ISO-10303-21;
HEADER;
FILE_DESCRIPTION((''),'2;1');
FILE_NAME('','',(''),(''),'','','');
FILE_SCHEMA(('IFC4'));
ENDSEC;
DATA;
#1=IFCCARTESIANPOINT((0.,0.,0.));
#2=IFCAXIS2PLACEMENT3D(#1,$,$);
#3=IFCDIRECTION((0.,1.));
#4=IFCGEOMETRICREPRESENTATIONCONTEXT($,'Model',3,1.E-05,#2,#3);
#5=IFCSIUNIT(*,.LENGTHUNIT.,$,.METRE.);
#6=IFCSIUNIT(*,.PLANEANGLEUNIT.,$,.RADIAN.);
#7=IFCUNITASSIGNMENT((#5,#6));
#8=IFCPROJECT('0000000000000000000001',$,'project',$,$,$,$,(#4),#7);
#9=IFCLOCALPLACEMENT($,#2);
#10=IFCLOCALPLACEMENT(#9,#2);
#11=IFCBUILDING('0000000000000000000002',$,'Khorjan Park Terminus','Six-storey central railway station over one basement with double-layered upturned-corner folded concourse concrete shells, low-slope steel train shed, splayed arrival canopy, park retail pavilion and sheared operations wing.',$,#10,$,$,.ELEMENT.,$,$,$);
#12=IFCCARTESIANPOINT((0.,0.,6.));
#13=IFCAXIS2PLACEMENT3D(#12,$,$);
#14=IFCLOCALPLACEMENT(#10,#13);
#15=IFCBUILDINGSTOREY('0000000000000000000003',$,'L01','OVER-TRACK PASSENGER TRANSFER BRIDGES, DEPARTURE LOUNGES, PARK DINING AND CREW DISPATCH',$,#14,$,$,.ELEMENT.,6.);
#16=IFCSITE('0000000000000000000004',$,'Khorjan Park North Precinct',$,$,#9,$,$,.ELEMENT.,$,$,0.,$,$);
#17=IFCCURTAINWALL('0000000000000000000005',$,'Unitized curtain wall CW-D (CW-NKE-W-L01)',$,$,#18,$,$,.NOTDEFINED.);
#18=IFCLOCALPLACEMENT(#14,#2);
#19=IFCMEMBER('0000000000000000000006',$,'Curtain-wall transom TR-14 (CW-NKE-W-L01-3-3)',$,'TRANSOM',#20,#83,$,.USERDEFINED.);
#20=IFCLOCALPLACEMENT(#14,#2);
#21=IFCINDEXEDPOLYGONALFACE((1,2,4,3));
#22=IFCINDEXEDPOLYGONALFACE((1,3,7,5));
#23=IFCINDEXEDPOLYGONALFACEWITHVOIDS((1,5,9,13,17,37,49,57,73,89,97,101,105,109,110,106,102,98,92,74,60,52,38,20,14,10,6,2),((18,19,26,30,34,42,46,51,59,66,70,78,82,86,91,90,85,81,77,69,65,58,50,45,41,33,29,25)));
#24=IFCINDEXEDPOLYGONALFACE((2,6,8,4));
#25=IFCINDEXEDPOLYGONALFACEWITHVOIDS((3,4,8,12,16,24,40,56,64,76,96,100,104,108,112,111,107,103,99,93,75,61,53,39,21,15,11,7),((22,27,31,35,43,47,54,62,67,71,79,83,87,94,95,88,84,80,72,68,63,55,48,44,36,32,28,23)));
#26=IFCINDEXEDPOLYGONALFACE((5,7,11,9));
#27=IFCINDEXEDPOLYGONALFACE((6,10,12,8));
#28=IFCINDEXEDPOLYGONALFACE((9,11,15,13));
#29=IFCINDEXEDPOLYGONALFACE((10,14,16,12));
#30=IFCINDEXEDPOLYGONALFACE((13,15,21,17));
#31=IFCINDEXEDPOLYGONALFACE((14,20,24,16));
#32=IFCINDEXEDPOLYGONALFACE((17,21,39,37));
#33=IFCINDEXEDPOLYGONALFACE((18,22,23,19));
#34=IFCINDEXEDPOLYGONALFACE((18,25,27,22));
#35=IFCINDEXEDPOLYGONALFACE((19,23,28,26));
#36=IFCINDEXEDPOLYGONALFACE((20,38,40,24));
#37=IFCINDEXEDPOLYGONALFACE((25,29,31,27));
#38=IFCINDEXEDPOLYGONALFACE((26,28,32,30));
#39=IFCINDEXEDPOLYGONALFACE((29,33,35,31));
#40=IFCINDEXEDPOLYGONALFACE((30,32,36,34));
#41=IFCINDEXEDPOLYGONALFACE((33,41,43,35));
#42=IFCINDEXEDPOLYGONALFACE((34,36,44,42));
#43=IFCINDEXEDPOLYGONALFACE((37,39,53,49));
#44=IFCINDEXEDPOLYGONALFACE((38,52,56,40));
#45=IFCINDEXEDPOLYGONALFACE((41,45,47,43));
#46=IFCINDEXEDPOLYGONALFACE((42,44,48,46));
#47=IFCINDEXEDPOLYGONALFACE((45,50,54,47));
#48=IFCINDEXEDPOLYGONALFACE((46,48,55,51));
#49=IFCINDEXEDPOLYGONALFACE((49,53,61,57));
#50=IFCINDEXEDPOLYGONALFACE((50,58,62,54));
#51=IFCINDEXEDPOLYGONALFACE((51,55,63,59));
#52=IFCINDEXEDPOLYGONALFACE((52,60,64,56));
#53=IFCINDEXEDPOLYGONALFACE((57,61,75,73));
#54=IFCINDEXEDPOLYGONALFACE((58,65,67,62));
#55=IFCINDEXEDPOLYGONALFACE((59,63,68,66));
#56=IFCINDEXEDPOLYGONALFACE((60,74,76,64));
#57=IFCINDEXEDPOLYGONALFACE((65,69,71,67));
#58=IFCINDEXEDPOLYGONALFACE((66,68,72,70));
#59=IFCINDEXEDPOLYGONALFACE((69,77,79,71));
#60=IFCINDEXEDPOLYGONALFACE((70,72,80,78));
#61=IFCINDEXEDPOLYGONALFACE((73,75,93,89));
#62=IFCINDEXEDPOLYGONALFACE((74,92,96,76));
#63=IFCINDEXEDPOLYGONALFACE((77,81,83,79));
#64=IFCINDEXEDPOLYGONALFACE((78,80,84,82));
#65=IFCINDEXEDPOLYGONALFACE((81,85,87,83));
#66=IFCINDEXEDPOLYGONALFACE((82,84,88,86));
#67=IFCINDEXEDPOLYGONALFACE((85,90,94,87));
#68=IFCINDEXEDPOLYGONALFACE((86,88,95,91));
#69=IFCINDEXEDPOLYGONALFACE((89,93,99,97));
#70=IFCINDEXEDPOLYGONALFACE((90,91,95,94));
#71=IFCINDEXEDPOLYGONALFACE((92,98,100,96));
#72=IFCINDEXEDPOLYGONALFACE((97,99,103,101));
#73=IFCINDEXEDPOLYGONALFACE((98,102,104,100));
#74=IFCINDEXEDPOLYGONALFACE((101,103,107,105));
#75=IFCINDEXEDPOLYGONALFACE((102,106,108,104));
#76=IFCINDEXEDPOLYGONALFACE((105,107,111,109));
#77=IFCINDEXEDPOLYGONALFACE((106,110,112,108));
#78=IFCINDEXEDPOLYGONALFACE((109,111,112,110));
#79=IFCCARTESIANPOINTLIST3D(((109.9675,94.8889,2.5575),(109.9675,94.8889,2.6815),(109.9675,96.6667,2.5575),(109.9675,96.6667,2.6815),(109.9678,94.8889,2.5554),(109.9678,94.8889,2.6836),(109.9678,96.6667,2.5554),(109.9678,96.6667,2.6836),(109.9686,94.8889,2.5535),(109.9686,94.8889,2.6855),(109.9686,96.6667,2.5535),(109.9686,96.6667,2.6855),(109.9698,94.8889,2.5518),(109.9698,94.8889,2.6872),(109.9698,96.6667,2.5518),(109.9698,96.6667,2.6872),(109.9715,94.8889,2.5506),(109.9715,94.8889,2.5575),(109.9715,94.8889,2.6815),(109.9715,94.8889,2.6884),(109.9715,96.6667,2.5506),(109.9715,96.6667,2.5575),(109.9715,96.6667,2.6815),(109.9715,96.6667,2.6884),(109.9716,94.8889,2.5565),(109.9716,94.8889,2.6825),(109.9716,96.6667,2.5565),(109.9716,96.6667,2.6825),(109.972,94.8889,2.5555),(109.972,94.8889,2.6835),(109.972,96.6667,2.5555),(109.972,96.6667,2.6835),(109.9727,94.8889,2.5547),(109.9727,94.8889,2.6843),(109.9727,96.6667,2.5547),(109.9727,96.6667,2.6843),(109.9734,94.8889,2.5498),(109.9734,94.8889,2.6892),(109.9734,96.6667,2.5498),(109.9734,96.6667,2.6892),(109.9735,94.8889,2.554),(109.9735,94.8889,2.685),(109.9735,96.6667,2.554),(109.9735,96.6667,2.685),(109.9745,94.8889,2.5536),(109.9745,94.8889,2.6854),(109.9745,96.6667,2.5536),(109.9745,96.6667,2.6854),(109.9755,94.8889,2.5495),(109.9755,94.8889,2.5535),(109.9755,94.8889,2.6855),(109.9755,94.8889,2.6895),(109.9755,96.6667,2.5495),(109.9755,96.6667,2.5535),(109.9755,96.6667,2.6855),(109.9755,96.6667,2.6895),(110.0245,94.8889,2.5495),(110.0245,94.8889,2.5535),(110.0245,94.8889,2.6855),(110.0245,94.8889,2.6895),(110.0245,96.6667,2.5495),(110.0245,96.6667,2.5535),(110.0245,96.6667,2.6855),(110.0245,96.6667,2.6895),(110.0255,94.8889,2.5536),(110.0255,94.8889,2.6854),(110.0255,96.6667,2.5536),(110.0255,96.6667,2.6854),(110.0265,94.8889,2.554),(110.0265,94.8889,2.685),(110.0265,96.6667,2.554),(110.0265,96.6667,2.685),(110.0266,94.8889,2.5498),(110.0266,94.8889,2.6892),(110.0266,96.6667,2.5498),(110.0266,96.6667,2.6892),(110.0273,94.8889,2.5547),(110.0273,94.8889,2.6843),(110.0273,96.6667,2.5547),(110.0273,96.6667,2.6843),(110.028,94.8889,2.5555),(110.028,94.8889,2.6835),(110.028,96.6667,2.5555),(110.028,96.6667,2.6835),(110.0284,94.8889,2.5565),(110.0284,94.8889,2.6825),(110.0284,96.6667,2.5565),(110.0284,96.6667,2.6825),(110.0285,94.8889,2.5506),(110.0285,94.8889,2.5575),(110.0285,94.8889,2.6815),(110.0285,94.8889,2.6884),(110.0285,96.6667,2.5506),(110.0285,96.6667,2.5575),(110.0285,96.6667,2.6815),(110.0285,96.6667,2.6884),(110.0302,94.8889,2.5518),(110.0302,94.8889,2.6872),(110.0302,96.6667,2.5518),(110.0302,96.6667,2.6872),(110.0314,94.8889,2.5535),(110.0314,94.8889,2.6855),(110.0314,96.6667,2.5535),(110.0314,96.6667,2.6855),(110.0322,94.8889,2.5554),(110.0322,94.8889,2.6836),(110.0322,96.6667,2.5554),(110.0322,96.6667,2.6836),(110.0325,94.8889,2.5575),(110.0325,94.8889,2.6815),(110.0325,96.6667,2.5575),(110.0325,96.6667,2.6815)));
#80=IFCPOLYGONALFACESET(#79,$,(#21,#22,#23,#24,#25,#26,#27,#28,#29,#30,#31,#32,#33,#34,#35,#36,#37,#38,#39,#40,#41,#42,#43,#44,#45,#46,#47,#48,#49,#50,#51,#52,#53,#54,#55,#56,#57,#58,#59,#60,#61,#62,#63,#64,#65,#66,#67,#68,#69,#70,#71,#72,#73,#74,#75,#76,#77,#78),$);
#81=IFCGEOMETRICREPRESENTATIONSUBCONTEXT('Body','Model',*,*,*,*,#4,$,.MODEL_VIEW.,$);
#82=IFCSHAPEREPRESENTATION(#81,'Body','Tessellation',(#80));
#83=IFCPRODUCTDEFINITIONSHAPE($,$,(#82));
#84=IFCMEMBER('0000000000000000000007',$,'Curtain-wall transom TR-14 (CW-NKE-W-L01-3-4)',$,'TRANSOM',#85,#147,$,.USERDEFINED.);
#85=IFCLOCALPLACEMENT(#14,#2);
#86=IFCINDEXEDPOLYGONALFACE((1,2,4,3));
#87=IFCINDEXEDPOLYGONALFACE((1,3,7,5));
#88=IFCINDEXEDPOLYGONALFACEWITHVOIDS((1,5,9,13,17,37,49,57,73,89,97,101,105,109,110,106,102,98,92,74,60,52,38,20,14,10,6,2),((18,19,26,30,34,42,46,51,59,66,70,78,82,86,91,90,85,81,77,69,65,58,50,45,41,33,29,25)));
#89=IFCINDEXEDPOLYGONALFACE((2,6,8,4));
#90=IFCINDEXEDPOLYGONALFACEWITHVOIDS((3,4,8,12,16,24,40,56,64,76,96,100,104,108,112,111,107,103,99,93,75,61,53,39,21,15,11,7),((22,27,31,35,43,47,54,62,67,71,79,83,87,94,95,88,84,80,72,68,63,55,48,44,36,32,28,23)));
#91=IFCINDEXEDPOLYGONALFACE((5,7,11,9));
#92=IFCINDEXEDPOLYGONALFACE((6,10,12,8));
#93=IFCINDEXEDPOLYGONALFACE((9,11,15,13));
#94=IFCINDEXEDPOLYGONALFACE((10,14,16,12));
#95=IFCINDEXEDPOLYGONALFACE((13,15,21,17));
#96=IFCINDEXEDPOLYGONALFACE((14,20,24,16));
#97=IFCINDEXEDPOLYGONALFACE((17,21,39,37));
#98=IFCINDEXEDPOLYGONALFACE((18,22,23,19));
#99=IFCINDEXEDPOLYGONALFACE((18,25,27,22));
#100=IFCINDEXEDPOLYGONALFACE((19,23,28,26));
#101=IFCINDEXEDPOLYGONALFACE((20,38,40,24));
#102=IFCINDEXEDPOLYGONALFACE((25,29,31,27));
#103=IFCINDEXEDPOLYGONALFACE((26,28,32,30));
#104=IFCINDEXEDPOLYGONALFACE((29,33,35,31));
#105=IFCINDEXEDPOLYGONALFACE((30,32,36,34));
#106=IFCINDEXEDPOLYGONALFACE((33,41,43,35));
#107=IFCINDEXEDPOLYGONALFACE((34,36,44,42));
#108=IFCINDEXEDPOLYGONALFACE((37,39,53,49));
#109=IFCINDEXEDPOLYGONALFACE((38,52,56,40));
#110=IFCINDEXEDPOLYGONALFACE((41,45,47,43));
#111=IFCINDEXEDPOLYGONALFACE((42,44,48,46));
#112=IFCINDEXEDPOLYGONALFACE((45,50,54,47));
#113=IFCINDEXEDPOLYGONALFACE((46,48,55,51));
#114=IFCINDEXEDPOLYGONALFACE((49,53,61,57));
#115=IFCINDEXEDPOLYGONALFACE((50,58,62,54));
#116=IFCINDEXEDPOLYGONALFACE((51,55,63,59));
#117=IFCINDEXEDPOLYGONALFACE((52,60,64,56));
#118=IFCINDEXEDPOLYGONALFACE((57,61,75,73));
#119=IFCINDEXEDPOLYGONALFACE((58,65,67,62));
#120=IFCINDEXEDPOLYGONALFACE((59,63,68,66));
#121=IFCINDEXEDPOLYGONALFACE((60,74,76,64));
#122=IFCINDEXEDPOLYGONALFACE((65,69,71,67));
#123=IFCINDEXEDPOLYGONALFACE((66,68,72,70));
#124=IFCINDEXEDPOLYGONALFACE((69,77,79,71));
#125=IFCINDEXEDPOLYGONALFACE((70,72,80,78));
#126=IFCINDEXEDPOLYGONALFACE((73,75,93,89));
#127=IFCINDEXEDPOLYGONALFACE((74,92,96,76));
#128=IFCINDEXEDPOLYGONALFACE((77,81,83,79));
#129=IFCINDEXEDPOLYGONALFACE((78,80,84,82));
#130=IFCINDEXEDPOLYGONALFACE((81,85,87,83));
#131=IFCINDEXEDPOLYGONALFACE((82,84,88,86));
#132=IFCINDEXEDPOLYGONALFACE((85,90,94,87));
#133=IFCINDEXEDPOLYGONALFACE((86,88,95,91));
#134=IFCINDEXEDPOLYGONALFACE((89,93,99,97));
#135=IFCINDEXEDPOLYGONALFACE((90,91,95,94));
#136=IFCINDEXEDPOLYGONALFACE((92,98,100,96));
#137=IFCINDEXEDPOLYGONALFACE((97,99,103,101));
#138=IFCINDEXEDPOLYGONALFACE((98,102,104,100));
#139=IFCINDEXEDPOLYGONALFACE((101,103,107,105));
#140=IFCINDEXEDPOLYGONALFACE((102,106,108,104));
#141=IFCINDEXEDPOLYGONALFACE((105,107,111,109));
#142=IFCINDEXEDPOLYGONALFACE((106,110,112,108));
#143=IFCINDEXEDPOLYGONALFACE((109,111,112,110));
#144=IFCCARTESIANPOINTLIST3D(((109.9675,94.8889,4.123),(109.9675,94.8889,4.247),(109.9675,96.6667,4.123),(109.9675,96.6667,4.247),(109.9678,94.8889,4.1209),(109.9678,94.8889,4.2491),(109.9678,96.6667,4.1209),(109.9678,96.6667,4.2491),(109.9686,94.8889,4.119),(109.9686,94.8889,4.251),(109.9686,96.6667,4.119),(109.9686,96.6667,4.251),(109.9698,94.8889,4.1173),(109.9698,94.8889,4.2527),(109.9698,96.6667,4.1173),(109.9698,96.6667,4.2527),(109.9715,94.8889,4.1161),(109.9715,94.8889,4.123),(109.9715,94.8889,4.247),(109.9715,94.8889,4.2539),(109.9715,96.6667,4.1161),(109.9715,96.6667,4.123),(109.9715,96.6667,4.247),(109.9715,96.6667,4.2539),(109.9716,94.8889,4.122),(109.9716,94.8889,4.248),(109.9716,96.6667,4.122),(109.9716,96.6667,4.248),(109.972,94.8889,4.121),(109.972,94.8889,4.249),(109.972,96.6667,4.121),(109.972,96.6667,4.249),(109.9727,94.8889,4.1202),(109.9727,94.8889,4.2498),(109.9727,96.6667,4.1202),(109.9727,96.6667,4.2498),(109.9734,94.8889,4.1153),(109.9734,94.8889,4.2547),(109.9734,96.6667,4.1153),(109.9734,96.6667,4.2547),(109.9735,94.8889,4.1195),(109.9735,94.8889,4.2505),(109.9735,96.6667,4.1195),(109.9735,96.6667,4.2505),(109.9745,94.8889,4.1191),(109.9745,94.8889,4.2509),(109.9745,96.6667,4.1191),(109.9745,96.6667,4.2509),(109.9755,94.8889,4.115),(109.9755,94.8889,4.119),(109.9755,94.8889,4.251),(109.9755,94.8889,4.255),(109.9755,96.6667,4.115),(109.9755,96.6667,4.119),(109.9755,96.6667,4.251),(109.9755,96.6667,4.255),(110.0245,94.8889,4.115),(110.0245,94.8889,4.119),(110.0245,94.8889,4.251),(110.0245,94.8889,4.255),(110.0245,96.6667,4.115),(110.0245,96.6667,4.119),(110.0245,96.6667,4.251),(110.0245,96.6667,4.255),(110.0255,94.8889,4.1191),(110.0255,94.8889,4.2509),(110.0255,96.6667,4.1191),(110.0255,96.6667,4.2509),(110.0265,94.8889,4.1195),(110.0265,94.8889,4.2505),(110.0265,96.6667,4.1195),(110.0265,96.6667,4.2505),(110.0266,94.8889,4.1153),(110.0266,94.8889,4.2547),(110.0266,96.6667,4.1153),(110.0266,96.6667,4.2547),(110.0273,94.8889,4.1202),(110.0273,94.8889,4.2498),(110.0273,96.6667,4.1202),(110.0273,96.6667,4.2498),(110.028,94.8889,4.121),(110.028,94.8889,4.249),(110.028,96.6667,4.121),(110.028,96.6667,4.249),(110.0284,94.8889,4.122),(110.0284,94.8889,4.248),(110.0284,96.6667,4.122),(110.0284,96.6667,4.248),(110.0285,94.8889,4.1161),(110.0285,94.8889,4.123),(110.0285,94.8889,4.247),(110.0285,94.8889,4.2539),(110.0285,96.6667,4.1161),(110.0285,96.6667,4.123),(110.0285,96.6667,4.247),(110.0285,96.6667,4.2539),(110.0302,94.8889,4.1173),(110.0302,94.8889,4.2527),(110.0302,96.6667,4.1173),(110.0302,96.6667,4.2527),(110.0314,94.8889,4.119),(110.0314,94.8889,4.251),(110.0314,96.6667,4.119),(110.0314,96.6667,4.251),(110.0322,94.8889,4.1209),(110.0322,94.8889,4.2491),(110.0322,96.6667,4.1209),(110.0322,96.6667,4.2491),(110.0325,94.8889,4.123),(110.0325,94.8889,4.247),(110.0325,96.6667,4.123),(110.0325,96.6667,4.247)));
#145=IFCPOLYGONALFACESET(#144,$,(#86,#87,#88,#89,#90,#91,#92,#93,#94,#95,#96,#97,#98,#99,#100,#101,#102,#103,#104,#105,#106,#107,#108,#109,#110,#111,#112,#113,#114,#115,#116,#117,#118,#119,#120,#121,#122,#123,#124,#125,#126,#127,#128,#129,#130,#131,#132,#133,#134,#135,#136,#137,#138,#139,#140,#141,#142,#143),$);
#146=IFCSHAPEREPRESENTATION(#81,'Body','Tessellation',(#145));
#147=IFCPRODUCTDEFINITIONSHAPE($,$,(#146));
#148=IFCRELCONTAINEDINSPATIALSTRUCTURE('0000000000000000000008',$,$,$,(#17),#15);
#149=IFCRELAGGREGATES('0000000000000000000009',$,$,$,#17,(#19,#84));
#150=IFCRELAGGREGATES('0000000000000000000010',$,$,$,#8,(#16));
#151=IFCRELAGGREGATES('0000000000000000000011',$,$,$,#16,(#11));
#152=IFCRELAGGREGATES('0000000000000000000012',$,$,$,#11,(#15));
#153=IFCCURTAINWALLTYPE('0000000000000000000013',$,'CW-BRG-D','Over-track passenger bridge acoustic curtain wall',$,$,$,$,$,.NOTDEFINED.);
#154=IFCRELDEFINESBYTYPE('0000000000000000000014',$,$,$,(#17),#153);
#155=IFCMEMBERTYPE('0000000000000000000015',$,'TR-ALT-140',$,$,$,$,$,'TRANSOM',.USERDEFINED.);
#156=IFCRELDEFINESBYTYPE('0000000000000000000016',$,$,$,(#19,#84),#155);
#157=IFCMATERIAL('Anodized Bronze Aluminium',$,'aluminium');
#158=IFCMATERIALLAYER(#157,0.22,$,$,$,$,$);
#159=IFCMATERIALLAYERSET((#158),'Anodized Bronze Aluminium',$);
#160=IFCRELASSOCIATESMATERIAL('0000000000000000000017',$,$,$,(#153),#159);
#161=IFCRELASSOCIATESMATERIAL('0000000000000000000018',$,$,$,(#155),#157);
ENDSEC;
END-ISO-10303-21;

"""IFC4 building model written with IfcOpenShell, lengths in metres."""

from ifc_helpers import new_model, si_unit, direction, frame, origin, origin_2d, place, context, subcontext, project, spatial, hollow_rectangle, extrude, material, layer, layer_set, material_profile, profile_set, type_object, element, aggregate, save


model = new_model("IFC4")

# Units and contexts
model_context = context("Model", 3, precision=1e-05, world=origin(), true_north=direction((0.0, 1.0)))
body_context = subcontext(model_context, "Body", "Model", "MODEL_VIEW")
ifc_project = project(units=[si_unit("LENGTHUNIT", "METRE"), si_unit("PLANEANGLEUNIT", "RADIAN")], contexts=[model_context])

# Site, building, storey
site_placement = place(None, origin())
site = spatial("IfcSite", under=ifc_project, at=site_placement, Name="Khorjan Park North Precinct", CompositionType="ELEMENT", RefElevation=0.0)
building_placement = place(site_placement, origin())
building = spatial("IfcBuilding", under=site, at=building_placement, Name="Khorjan Park Terminus", Description="Six-storey central railway station over one basement with double-layered upturned-corner folded concourse concrete shells, low-slope steel train shed, splayed arrival canopy, park retail pavilion and sheared operations wing.", CompositionType="ELEMENT")
storey_placement = place(building_placement, frame((0.0, 0.0, 6.0)))
storey = spatial("IfcBuildingStorey", under=building, at=storey_placement, Name="L01", Description="OVER-TRACK PASSENGER TRANSFER BRIDGES, DEPARTURE LOUNGES, PARK DINING AND CREW DISPATCH", CompositionType="ELEMENT", Elevation=6.0)

# Curtain wall, members
ifc_material_1 = material(Name="Anodized Bronze Aluminium", Category="aluminium")
ifc_layer_1 = layer(ifc_material_1, 0.22)
ifc_layer_set_1 = layer_set([ifc_layer_1], Name="Anodized Bronze Aluminium")
curtain_wall_type = type_object("IfcCurtainWallType", Name="CW-BRG-D", Description="Over-track passenger bridge acoustic curtain wall", PredefinedType="NOTDEFINED", material=ifc_layer_set_1)
curtain_wall_placement = place(storey_placement, origin())
curtain_wall = element("IfcCurtainWall", 1, at=curtain_wall_placement, inside=storey, type_object=curtain_wall_type, Name="Unitized curtain wall CW-D (CW-NKE-W-L01)", PredefinedType="NOTDEFINED")
ifc_material_profile_1 = material_profile(ifc_material_1, hollow_rectangle(XDim=0.065, YDim=0.14, WallThickness=0.004, InnerFilletRadius=0.004, OuterFilletRadius=0.008, at=origin_2d()), Name="ALT 65x140x4")
ifc_profile_set_1 = profile_set([ifc_material_profile_1], Name="Anodized Bronze Aluminium")
member_type_1 = type_object("IfcMemberType", Name="TR-ALT-140", ElementType="TRANSOM", PredefinedType="USERDEFINED", material=ifc_profile_set_1)
member_1_placement = place(storey_placement, frame((110.0, 96.6667, 2.6195), z_axis=(0.0, -1.0, 0.0), x_axis=(1.0, 0.0, 0.0)))
member_1 = element("IfcMember", 2, at=member_1_placement, type_object=member_type_1, Name="Curtain-wall transom TR-14 (CW-NKE-W-L01-3-3)", ObjectType="TRANSOM", PredefinedType="USERDEFINED", context=body_context, shape_type="SweptSolid", body=[
    extrude(hollow_rectangle(XDim=0.065, YDim=0.14, WallThickness=0.004, InnerFilletRadius=0.004, OuterFilletRadius=0.008, at=origin_2d()), origin(), (0.0, 0.0, 1.0), 1.7778),
])
member_2_placement = place(storey_placement, frame((110.0, 96.6667, 4.185), z_axis=(0.0, -1.0, 0.0), x_axis=(1.0, 0.0, 0.0)))
member_2 = element("IfcMember", 3, at=member_2_placement, type_object=member_type_1, Name="Curtain-wall transom TR-14 (CW-NKE-W-L01-3-4)", ObjectType="TRANSOM", PredefinedType="USERDEFINED", context=body_context, shape_type="SweptSolid", body=[
    extrude(hollow_rectangle(XDim=0.065, YDim=0.14, WallThickness=0.004, InnerFilletRadius=0.004, OuterFilletRadius=0.008, at=origin_2d()), origin(), (0.0, 0.0, 1.0), 1.7778),
])
aggregate(curtain_wall, [member_1, member_2])

save(model, "model.ifc")
